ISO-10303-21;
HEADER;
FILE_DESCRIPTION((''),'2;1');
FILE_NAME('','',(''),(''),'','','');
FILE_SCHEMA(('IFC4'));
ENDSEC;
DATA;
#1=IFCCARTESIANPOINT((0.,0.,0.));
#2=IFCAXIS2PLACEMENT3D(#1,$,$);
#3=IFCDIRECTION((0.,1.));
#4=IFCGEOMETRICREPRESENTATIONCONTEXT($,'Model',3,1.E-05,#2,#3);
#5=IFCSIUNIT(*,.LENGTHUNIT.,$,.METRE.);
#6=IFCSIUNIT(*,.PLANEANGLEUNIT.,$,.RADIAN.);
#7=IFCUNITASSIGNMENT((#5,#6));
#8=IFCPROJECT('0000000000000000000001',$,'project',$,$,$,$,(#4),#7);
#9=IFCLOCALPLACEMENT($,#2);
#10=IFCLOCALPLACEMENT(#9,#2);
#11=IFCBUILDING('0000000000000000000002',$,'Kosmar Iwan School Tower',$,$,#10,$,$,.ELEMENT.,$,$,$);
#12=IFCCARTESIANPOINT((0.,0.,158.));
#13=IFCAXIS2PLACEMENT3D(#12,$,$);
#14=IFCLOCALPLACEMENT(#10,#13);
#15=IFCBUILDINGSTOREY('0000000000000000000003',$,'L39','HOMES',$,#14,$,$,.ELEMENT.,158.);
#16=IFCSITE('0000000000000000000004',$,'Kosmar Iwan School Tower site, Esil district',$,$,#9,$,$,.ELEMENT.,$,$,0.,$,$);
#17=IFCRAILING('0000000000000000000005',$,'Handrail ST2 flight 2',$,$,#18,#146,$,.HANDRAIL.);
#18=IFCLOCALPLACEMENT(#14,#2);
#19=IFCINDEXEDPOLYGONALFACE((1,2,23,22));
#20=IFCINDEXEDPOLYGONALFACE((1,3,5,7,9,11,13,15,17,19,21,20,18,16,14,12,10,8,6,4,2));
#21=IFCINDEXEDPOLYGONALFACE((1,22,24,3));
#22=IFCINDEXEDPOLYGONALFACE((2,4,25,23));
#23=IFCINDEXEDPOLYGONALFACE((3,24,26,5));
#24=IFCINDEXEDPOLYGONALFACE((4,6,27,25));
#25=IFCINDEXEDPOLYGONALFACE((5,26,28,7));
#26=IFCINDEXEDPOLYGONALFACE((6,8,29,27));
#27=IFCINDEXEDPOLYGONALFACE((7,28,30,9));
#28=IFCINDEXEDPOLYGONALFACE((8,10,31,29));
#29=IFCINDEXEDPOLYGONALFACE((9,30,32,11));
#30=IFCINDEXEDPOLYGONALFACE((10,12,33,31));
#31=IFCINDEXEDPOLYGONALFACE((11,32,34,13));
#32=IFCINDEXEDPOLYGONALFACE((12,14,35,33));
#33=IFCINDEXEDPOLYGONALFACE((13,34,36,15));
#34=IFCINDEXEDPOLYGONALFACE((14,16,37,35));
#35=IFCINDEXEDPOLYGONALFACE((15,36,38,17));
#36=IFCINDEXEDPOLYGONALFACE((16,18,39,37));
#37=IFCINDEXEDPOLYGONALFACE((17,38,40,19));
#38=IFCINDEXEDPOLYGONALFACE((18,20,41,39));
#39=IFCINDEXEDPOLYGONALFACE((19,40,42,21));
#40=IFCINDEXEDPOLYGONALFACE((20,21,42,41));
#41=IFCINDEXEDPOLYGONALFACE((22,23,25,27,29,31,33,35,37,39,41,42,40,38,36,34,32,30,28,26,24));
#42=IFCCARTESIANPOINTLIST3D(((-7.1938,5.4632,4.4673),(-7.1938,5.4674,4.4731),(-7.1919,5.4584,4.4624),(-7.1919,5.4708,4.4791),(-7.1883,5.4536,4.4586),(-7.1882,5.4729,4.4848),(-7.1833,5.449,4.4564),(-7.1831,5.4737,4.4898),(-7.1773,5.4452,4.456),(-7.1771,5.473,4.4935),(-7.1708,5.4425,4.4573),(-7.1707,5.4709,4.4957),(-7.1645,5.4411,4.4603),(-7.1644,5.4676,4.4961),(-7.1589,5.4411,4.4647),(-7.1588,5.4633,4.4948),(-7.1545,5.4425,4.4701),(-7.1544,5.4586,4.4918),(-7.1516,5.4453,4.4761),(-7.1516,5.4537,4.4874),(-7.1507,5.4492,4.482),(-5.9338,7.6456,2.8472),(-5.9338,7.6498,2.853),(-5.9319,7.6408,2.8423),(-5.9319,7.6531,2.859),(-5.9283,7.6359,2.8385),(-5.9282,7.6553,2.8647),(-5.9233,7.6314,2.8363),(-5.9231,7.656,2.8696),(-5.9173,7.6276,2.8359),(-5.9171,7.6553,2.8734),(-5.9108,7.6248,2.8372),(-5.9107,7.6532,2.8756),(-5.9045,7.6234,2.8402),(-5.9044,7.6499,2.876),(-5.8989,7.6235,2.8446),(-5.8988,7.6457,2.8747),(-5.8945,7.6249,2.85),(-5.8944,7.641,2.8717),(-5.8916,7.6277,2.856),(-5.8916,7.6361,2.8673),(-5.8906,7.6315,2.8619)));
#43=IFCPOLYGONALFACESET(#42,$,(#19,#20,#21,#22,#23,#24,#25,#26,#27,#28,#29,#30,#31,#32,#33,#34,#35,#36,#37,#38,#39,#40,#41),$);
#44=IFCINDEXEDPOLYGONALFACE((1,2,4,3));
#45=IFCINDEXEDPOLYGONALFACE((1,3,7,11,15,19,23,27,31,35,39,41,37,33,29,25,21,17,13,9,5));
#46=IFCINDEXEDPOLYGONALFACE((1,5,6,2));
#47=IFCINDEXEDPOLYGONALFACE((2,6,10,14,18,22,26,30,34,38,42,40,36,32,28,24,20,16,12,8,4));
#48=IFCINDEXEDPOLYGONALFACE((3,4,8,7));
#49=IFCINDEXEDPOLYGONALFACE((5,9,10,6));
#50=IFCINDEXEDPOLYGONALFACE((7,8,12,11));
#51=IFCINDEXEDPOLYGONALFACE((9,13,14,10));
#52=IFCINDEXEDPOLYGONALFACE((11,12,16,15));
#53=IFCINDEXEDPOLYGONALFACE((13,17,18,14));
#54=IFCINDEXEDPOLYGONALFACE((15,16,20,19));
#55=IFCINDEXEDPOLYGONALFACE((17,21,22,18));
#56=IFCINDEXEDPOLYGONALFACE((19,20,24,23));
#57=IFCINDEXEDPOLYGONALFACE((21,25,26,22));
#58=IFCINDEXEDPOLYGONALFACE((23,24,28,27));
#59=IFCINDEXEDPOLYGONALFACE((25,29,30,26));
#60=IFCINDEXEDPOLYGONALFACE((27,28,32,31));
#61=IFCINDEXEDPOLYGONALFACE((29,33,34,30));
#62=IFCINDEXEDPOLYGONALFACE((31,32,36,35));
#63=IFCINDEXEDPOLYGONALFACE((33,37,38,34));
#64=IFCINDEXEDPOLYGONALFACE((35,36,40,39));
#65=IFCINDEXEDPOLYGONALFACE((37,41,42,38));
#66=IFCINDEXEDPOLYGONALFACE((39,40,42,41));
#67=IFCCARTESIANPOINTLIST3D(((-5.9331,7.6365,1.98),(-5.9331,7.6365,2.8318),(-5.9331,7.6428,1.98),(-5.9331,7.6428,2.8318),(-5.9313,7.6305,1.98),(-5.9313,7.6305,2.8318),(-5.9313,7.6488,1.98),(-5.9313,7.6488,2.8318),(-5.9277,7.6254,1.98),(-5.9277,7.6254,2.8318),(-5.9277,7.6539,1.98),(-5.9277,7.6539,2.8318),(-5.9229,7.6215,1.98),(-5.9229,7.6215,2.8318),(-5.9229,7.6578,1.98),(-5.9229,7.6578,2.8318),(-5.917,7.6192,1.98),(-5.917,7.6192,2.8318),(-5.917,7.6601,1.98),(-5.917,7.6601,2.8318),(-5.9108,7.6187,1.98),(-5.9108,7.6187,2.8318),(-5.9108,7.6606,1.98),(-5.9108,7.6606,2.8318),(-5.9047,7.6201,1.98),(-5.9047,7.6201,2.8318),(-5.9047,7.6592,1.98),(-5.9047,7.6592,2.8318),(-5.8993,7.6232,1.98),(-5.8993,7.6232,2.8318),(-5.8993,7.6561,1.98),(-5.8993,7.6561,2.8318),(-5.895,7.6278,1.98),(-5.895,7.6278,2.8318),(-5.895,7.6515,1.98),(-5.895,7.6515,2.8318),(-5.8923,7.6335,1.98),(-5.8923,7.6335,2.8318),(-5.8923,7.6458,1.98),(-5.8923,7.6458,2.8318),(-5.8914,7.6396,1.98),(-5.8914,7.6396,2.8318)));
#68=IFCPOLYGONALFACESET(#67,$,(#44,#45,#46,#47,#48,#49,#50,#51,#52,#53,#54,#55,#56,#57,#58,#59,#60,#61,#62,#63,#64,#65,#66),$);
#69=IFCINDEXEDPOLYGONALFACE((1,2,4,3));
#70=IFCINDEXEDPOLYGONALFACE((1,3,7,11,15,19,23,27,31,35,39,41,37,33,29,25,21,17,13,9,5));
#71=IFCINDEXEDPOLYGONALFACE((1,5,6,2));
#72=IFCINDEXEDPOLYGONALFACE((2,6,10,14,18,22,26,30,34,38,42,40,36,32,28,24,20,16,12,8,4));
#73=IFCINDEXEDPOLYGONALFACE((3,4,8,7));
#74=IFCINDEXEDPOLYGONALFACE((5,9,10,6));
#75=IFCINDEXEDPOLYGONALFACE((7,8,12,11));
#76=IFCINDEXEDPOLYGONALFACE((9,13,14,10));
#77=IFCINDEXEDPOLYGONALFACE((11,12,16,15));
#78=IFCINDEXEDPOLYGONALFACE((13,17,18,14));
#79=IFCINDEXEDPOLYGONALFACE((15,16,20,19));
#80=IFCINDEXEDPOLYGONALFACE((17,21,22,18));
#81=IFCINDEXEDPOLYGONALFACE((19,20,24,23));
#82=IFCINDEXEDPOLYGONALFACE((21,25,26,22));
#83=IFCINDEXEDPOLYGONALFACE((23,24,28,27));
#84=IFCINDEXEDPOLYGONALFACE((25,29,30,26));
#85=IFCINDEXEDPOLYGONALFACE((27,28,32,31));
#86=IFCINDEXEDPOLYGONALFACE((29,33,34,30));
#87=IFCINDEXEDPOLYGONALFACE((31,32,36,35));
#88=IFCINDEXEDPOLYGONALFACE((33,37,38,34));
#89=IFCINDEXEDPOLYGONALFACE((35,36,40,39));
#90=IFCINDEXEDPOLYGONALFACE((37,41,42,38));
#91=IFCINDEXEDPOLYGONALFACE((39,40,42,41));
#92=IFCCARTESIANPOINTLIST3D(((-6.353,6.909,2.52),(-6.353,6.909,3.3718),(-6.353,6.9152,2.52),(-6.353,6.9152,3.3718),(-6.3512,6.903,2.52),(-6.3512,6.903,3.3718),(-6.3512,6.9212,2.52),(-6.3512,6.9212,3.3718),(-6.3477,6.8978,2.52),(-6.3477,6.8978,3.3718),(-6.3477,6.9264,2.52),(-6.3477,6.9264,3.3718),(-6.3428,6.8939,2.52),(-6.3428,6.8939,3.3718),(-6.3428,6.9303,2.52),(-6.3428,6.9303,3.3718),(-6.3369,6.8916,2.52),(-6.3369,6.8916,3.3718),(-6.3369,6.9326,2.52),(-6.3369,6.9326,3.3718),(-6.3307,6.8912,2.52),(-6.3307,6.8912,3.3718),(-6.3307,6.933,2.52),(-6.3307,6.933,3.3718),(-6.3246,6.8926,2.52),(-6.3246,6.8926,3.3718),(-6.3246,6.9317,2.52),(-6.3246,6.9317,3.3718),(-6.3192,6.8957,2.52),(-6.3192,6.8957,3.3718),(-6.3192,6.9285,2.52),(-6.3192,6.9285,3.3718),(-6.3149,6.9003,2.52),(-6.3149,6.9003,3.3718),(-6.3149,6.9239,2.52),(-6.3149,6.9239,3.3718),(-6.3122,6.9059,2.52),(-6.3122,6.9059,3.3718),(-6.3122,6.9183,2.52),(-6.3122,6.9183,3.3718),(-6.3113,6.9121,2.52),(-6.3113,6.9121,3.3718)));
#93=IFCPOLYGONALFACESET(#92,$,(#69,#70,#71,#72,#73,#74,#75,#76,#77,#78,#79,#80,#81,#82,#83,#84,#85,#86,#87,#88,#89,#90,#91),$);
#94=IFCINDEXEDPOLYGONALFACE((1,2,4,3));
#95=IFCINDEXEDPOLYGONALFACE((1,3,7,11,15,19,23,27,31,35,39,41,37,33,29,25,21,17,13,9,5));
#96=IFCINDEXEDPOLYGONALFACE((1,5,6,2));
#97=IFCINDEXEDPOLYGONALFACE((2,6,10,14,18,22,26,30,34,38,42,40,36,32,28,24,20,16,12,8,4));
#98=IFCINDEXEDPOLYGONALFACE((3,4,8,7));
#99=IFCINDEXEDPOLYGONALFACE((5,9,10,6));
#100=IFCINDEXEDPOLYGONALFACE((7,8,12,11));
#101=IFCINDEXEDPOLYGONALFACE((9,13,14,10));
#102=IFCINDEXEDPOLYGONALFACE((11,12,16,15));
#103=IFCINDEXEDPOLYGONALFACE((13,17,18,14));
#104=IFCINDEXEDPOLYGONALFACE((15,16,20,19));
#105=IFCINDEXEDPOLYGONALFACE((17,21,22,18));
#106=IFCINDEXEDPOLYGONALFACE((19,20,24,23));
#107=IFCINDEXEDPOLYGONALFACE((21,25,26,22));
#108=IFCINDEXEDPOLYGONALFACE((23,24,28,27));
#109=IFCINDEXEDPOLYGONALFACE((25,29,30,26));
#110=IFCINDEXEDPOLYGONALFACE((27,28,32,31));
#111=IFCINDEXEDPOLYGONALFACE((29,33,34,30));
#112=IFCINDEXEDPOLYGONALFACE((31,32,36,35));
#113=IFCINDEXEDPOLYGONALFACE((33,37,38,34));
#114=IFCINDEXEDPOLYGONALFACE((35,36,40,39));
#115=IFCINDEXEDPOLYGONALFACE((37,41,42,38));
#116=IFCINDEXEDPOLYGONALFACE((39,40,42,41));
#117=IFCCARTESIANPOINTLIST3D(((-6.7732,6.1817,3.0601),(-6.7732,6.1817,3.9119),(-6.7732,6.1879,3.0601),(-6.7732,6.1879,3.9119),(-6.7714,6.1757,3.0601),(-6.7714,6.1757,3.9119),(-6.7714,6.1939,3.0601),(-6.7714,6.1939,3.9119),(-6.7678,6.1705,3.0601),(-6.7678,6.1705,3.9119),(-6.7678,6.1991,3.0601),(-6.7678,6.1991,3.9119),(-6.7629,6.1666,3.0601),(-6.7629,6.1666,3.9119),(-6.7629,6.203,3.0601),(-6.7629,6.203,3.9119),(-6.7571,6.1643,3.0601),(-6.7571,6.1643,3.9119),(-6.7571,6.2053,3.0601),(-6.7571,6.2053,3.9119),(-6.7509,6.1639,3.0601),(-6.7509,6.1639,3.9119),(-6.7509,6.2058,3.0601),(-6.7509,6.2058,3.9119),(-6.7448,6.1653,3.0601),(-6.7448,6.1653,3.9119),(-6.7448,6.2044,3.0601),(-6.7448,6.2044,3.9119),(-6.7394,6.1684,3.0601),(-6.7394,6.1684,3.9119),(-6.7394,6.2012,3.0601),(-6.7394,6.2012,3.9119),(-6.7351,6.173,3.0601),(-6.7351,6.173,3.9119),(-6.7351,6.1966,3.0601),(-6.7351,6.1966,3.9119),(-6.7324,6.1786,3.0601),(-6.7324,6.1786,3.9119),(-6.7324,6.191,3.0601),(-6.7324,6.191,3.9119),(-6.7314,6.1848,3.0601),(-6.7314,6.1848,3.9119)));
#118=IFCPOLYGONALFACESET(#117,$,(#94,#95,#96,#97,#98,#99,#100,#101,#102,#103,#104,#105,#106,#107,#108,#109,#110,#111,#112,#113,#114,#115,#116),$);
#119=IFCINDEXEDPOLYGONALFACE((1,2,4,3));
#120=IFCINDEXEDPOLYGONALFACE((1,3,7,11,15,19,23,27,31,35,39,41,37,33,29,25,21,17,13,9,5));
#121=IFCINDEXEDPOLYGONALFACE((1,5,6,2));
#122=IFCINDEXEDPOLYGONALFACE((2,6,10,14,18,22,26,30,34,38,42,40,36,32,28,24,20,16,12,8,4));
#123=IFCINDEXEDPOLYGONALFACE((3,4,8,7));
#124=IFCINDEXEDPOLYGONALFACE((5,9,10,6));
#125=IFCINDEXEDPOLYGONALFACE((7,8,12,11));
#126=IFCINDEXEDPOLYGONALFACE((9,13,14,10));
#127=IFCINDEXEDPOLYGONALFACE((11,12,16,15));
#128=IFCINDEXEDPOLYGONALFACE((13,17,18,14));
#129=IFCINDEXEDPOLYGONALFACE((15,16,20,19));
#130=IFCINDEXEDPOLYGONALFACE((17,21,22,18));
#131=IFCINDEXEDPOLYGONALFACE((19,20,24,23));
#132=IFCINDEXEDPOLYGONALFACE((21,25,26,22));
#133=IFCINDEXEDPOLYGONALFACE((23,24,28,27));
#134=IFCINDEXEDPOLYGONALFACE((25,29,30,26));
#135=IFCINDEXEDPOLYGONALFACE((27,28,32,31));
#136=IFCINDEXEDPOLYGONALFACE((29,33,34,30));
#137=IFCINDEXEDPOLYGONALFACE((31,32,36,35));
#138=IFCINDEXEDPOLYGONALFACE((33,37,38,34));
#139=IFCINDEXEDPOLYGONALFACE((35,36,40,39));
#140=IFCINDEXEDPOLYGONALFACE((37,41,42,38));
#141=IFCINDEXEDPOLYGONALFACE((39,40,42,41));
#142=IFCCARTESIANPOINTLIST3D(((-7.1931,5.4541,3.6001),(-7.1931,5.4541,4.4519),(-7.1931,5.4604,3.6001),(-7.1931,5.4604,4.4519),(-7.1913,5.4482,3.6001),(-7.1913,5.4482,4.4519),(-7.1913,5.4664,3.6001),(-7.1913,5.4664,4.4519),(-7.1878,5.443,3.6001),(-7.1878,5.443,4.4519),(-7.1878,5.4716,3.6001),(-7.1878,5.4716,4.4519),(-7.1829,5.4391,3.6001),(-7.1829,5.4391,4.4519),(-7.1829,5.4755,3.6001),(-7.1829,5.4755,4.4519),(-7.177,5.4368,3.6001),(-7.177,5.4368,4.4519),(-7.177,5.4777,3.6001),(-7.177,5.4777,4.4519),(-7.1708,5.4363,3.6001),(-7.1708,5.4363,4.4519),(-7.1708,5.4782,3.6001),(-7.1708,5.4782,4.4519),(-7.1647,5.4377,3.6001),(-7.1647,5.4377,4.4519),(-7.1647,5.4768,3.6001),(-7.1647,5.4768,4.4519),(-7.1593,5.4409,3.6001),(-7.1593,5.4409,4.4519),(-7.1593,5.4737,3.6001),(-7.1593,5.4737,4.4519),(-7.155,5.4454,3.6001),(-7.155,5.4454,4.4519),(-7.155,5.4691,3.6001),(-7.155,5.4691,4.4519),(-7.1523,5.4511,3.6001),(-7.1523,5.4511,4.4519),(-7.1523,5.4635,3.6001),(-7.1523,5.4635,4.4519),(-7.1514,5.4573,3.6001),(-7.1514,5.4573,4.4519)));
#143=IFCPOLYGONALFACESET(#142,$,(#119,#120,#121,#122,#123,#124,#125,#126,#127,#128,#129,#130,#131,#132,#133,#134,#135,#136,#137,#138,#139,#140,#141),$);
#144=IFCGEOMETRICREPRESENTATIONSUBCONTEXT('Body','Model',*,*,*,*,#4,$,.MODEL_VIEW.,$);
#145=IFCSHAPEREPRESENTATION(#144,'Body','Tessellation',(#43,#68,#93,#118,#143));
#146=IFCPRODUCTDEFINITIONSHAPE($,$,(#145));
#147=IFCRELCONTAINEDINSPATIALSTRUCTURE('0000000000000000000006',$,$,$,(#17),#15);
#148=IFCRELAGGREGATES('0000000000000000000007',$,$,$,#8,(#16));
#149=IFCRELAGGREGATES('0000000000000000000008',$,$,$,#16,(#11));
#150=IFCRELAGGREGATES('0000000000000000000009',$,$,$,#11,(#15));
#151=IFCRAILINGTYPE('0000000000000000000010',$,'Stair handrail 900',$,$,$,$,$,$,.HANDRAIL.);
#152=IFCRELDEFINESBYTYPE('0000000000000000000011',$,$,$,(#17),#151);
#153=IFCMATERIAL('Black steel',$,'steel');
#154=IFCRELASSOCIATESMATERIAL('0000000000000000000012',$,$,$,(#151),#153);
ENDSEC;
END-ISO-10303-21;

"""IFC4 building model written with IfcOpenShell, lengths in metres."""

from ifc_helpers import new_model, si_unit, direction, frame, origin, origin_2d, place, context, subcontext, project, spatial, circle, extrude, material, type_object, element, save


model = new_model("IFC4")

# Units and contexts
model_context = context("Model", 3, precision=1e-05, world=origin(), true_north=direction((0.0, 1.0)))
body_context = subcontext(model_context, "Body", "Model", "MODEL_VIEW")
ifc_project = project(units=[si_unit("LENGTHUNIT", "METRE"), si_unit("PLANEANGLEUNIT", "RADIAN")], contexts=[model_context])

# Site, building, storey
site_placement = place(None, origin())
site = spatial("IfcSite", under=ifc_project, at=site_placement, Name="Kosmar Iwan School Tower site, Esil district", CompositionType="ELEMENT", RefElevation=0.0)
building_placement = place(site_placement, origin())
building = spatial("IfcBuilding", under=site, at=building_placement, Name="Kosmar Iwan School Tower", CompositionType="ELEMENT")
storey_placement = place(building_placement, frame((0.0, 0.0, 158.0)))
storey = spatial("IfcBuildingStorey", under=building, at=storey_placement, Name="L39", Description="HOMES", CompositionType="ELEMENT", Elevation=158.0)

# Railing
ifc_material_1 = material(Name="Black steel", Category="steel")
railing_type = type_object("IfcRailingType", Name="Stair handrail 900", PredefinedType="HANDRAIL", material=ifc_material_1)
railing_1_placement = place(storey_placement, frame((-5.9124, 7.6396, 1.98)))
element("IfcRailing", 1, at=railing_1_placement, inside=storey, type_object=railing_type, Name="Handrail ST2 flight 2", PredefinedType="HANDRAIL", context=body_context, shape_type="SweptSolid", body=[
    extrude(circle(Radius=0.0239, at=origin_2d()), frame((0.0, 0.0, 0.876), z_axis=(-0.420584, -0.728464, 0.540786), x_axis=(0.866023, -0.500005, 0.0)), (0.0, 0.0, 1.0), 2.9958),
    extrude(circle(Radius=0.021, at=origin_2d()), origin(), (0.0, 0.0, 1.0), 0.8518),
    extrude(circle(Radius=0.021, at=origin_2d()), frame((-0.4199, -0.7275, 0.54)), (0.0, 0.0, 1.0), 0.8518),
    extrude(circle(Radius=0.021, at=origin_2d()), frame((-0.8401, -1.4548, 1.0801)), (0.0, 0.0, 1.0), 0.8518),
    extrude(circle(Radius=0.021, at=origin_2d()), frame((-1.26, -2.1824, 1.6201)), (0.0, 0.0, 1.0), 0.8518),
])

save(model, "model.ifc")
